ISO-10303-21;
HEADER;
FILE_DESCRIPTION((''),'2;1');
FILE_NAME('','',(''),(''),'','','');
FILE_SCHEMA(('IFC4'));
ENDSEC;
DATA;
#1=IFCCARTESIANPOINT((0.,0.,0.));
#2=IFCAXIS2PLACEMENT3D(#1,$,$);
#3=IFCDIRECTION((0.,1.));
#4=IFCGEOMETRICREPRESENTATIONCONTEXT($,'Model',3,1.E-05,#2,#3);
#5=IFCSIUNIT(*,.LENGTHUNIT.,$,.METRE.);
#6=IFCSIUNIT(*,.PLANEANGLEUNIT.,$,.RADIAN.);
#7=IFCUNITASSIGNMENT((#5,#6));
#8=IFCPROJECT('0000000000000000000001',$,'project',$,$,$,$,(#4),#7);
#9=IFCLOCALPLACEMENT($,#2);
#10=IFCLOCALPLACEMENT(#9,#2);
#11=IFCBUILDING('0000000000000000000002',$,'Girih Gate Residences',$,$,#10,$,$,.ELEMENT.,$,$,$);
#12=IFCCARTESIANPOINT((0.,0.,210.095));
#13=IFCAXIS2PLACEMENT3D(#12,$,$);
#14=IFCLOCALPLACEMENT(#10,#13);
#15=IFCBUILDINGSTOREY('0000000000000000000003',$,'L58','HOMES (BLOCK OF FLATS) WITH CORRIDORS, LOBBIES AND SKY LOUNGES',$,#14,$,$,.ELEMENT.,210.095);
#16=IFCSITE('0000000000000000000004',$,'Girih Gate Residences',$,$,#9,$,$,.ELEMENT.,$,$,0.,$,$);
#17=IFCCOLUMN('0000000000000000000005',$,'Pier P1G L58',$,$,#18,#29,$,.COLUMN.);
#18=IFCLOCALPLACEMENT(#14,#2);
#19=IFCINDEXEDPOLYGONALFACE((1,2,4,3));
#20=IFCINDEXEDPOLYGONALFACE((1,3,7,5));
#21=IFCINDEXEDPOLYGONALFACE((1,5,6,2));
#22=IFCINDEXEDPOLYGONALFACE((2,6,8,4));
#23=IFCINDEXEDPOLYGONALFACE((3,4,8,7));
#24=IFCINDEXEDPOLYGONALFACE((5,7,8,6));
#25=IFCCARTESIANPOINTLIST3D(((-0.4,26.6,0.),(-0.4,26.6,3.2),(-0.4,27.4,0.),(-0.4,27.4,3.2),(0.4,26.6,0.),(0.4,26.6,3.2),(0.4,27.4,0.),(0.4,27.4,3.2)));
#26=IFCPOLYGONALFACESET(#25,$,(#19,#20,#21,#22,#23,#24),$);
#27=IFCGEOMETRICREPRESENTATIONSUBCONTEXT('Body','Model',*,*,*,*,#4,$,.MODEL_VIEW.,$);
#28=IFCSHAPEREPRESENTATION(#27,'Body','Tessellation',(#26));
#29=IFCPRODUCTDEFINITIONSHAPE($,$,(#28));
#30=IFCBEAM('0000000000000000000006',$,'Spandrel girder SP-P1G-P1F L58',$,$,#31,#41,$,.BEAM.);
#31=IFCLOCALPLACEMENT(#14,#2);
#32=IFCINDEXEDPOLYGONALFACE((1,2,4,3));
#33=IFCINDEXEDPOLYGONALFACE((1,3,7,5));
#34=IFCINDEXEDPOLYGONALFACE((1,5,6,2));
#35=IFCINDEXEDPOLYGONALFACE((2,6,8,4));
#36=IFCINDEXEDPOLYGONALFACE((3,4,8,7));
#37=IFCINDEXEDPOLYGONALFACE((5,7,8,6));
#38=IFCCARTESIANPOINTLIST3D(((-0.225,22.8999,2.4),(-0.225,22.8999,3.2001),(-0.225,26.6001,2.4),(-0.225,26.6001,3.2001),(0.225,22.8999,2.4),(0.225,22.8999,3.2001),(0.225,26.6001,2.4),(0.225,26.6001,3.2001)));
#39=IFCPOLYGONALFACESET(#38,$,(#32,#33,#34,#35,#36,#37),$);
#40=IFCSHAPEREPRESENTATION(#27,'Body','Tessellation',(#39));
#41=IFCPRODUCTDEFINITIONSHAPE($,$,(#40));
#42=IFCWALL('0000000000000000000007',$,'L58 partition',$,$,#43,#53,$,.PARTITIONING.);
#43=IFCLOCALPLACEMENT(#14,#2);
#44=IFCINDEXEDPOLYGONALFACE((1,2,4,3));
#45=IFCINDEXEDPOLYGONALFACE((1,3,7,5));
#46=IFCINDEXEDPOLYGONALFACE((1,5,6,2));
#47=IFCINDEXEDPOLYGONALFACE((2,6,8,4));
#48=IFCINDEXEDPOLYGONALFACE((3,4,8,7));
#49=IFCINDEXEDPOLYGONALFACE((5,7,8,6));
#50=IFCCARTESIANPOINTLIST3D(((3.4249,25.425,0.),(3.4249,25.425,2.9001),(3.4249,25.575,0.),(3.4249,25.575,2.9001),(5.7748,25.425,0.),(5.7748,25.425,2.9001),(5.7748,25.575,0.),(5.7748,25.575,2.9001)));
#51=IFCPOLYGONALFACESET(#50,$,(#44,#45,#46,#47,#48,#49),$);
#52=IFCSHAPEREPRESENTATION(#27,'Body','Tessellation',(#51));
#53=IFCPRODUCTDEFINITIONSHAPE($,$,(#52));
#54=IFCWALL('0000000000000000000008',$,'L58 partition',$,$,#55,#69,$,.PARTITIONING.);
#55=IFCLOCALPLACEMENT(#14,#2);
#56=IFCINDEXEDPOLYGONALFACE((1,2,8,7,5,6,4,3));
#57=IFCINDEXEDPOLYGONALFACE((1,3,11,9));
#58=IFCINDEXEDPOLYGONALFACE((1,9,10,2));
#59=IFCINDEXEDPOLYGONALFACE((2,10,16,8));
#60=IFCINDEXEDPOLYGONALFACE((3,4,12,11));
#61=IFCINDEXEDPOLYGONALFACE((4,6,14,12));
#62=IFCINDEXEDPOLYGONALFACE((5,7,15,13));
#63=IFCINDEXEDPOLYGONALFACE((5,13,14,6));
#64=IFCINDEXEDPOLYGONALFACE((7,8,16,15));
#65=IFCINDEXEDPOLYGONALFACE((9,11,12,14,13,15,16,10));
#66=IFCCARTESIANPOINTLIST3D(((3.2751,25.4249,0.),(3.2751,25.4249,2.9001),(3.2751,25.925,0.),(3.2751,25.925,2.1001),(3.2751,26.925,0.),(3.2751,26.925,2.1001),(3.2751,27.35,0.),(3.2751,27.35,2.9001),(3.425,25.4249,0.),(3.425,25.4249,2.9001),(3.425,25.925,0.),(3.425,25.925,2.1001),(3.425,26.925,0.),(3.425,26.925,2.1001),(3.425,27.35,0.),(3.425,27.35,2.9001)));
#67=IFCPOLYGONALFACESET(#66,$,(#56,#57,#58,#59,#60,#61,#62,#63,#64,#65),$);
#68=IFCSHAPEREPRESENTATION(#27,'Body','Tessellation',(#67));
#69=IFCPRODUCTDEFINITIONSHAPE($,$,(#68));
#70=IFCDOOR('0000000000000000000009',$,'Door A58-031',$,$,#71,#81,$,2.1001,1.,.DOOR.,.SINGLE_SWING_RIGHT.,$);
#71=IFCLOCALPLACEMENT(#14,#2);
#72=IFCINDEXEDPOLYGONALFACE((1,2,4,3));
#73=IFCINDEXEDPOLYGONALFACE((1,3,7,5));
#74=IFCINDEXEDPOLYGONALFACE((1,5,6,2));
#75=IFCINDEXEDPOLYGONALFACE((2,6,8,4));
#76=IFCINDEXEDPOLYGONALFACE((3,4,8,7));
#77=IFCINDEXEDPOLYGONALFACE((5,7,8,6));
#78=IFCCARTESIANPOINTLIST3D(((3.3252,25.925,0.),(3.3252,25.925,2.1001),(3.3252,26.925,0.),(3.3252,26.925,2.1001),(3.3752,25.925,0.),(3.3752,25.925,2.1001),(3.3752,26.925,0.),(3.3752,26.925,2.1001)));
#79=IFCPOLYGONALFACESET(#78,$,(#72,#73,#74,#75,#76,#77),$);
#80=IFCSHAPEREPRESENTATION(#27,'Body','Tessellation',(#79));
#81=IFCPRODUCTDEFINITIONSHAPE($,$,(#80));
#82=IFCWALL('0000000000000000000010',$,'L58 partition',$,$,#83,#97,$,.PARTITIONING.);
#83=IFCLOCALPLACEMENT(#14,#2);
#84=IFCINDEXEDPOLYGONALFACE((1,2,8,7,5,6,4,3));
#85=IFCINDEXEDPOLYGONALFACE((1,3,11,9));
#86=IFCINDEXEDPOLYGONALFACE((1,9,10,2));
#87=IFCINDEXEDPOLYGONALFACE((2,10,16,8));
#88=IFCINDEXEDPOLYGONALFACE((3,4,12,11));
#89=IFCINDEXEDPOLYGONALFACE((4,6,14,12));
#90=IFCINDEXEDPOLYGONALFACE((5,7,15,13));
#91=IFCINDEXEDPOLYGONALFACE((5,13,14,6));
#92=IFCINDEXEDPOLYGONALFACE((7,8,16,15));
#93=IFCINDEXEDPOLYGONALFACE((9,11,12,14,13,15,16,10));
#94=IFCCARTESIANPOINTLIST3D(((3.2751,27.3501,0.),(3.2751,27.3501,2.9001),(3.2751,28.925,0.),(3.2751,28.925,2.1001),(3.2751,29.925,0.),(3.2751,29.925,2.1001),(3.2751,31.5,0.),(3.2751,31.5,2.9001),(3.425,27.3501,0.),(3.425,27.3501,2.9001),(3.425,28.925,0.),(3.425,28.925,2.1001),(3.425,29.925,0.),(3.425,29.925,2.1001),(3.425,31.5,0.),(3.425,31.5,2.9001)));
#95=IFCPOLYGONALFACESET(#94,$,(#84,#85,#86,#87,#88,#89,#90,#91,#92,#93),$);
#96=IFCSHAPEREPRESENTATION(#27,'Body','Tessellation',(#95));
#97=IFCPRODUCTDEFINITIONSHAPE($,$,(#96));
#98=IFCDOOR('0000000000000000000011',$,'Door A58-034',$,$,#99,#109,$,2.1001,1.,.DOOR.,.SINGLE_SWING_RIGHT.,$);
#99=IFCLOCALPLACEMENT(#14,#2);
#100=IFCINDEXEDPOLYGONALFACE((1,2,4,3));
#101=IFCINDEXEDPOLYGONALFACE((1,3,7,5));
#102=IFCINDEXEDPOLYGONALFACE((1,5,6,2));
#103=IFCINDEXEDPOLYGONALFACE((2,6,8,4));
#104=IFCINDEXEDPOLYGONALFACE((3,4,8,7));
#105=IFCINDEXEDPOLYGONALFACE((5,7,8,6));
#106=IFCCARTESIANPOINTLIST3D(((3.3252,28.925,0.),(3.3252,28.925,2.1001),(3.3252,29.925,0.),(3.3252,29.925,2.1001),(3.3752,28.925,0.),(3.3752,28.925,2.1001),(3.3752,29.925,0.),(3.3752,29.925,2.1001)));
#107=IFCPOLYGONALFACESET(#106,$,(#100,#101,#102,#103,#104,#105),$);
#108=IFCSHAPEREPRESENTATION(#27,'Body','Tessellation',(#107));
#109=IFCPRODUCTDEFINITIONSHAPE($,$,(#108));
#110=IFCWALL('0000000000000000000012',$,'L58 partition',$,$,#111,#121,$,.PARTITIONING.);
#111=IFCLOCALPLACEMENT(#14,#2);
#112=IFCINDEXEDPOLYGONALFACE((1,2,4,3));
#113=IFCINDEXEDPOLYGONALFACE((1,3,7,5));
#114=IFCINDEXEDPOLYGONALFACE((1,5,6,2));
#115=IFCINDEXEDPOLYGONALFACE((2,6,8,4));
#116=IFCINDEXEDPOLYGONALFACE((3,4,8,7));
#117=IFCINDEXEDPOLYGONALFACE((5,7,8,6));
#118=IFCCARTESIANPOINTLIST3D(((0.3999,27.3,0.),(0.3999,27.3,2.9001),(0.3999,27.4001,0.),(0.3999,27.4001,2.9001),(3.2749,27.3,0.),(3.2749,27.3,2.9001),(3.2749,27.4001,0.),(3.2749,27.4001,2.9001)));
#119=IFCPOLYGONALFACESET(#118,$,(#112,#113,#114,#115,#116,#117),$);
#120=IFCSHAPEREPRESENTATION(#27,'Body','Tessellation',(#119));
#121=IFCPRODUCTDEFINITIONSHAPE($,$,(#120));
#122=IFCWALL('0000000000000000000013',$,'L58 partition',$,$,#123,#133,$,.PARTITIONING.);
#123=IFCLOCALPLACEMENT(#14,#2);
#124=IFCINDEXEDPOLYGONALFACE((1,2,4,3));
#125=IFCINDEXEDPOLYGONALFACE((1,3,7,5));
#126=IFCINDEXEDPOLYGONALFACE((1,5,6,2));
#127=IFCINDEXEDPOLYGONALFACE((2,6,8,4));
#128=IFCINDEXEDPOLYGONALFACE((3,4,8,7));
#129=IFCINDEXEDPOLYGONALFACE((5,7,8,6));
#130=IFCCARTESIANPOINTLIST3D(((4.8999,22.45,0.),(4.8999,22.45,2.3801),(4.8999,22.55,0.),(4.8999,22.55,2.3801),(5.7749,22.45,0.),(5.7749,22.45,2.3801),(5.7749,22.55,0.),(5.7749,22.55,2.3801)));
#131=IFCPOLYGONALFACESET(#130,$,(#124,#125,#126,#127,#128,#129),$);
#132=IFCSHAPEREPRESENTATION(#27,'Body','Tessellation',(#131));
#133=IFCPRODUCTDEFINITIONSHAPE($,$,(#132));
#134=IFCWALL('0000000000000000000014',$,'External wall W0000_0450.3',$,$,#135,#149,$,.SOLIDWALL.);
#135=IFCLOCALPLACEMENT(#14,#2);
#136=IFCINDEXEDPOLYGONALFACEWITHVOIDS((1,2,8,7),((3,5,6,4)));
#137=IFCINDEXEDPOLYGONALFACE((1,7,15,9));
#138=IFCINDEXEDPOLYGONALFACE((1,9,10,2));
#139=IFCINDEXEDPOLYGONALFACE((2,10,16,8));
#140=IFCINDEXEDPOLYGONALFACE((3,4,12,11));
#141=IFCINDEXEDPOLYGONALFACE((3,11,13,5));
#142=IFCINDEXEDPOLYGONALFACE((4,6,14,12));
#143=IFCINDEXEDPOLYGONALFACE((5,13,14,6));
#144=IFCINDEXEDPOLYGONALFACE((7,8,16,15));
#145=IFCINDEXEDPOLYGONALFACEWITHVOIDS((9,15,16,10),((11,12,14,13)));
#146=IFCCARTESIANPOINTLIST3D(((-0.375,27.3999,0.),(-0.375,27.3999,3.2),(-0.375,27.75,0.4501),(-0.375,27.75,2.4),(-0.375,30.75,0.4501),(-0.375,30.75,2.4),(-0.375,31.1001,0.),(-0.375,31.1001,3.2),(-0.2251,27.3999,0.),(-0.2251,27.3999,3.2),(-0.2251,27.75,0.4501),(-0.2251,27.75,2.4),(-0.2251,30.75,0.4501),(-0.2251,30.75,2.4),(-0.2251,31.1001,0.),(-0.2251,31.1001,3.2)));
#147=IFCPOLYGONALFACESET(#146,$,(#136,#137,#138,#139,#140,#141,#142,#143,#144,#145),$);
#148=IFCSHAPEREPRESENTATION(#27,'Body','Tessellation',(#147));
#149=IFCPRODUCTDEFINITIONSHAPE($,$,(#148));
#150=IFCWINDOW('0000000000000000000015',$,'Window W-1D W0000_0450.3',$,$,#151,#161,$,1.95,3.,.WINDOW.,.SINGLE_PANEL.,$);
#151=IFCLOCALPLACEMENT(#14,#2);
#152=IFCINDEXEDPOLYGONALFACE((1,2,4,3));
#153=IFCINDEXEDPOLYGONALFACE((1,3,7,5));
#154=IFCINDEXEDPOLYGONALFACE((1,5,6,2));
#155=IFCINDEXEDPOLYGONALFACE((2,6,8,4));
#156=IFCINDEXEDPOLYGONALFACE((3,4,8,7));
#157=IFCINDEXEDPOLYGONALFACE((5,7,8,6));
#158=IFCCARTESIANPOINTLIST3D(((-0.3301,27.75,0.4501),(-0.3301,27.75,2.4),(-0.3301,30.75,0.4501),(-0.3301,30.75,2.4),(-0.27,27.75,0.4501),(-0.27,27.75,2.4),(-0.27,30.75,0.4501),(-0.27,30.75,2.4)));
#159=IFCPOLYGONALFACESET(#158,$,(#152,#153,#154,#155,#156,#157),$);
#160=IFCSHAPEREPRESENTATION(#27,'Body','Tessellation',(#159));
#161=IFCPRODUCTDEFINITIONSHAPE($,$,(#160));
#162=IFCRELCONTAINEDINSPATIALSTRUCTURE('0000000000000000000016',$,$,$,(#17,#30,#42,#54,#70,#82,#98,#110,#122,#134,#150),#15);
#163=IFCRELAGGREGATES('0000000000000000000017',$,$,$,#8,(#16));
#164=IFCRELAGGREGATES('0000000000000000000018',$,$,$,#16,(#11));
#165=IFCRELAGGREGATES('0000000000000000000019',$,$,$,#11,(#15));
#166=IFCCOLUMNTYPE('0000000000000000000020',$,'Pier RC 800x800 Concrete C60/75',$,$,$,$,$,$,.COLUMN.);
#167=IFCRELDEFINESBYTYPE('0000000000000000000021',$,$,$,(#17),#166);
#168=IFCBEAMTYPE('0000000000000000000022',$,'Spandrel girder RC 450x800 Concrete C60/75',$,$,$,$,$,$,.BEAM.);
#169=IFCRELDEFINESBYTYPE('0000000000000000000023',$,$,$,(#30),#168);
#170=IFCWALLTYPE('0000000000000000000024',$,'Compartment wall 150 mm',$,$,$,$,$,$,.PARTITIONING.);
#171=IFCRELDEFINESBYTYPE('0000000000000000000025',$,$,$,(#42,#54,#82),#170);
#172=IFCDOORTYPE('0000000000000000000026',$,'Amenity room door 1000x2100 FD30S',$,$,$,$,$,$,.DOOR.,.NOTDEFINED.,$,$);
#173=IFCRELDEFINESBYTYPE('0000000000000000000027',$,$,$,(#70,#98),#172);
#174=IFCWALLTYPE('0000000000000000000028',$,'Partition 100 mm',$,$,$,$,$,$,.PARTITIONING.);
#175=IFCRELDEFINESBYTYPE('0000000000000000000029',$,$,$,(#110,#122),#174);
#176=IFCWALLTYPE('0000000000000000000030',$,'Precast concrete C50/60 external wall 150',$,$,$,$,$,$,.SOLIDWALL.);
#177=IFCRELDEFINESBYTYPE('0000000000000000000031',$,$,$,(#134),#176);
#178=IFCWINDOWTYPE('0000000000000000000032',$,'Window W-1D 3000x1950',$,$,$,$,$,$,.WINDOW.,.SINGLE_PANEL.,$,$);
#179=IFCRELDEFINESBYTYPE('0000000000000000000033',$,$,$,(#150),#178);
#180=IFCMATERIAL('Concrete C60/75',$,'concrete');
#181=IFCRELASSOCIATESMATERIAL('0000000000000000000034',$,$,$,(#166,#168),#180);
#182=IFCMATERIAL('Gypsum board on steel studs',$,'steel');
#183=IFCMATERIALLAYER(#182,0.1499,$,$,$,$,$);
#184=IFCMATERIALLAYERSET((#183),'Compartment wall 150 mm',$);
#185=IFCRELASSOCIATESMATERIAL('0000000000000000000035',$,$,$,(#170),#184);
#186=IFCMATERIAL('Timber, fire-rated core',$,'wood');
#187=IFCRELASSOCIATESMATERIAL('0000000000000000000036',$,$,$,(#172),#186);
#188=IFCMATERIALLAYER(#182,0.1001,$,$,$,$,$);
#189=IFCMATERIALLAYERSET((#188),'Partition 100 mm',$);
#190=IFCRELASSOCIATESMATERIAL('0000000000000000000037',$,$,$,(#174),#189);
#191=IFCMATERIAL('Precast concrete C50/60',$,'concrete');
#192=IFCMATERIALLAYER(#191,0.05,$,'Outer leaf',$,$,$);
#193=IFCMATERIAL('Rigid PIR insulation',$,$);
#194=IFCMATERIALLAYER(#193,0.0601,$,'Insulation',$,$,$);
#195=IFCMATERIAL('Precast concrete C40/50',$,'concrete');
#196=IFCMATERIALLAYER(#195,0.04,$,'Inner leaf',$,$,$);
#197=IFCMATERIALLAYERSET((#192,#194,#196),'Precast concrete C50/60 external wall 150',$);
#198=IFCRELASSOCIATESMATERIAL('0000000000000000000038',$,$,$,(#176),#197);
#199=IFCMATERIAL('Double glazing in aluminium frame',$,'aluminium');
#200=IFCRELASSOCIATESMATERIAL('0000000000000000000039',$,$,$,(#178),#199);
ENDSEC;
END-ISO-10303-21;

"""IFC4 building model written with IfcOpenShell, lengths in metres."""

from ifc_helpers import new_model, si_unit, direction, frame, frame_2d, origin, origin_2d, place, context, subcontext, project, spatial, rectangle, extrude, material, layer, layer_set, material_profile, profile_set, type_object, element, fill, save


model = new_model("IFC4")

# Units and contexts
model_context = context("Model", 3, precision=1e-05, world=origin(), true_north=direction((0.0, 1.0)))
body_context = subcontext(model_context, "Body", "Model", "MODEL_VIEW")
ifc_project = project(units=[si_unit("LENGTHUNIT", "METRE"), si_unit("PLANEANGLEUNIT", "RADIAN")], contexts=[model_context])

# Site, building, storey
site_placement = place(None, origin())
site = spatial("IfcSite", under=ifc_project, at=site_placement, Name="Girih Gate Residences", CompositionType="ELEMENT", RefElevation=0.0)
building_placement = place(site_placement, origin())
building = spatial("IfcBuilding", under=site, at=building_placement, Name="Girih Gate Residences", CompositionType="ELEMENT")
storey_placement = place(building_placement, frame((0.0, 0.0, 210.095)))
storey = spatial("IfcBuildingStorey", under=building, at=storey_placement, Name="L58", Description="HOMES (BLOCK OF FLATS) WITH CORRIDORS, LOBBIES AND SKY LOUNGES", CompositionType="ELEMENT", Elevation=210.095)

# Column
ifc_material_1 = material(Name="Concrete C60/75", Category="concrete")
ifc_material_profile_1 = material_profile(ifc_material_1, rectangle(XDim=0.8, YDim=0.8, at=origin_2d()))
ifc_profile_set_1 = profile_set([ifc_material_profile_1], Name="Concrete C60/75")
column_type = type_object("IfcColumnType", Name="Pier RC 800x800 Concrete C60/75", PredefinedType="COLUMN", material=ifc_profile_set_1)
column_placement = place(storey_placement, frame((0.0, 27.0, 0.0), z_axis=(0.0, 0.0, 1.0), x_axis=(1.0, 0.0, 0.0)))
element("IfcColumn", 1, at=column_placement, inside=storey, type_object=column_type, Name="Pier P1G L58", PredefinedType="COLUMN", context=body_context, shape_type="SweptSolid", body=[
    extrude(rectangle(XDim=0.8, YDim=0.8, at=origin_2d()), origin(), (0.0, 0.0, 1.0), 3.2),
])

# Beam
ifc_material_profile_2 = material_profile(ifc_material_1, rectangle(XDim=0.45, YDim=0.8, at=origin_2d()))
ifc_profile_set_2 = profile_set([ifc_material_profile_2], Name="Concrete C60/75")
beam_type = type_object("IfcBeamType", Name="Spandrel girder RC 450x800 Concrete C60/75", PredefinedType="BEAM", material=ifc_profile_set_2)
beam_placement = place(storey_placement, frame((0.0, 26.6001, 2.8), z_axis=(0.0, -1.0, 0.0), x_axis=(1.0, 0.0, 0.0)))
element("IfcBeam", 2, at=beam_placement, inside=storey, type_object=beam_type, Name="Spandrel girder SP-P1G-P1F L58", PredefinedType="BEAM", context=body_context, shape_type="SweptSolid", body=[
    extrude(rectangle(XDim=0.45, YDim=0.8, at=origin_2d()), origin(), (0.0, 0.0, 1.0), 3.7002),
])

# Wall
ifc_material_2 = material(Name="Gypsum board on steel studs", Category="steel")
ifc_layer_1 = layer(ifc_material_2, 0.1499)
ifc_layer_set_1 = layer_set([ifc_layer_1], Name="Compartment wall 150 mm")
wall_type_1 = type_object("IfcWallType", Name="Compartment wall 150 mm", PredefinedType="PARTITIONING", material=ifc_layer_set_1)
wall_1_placement = place(storey_placement, frame((3.425, 25.5, 0.0), z_axis=(0.0, 0.0, 1.0), x_axis=(1.0, 0.0, 0.0)))
element("IfcWall", 3, at=wall_1_placement, inside=storey, type_object=wall_type_1, Name="L58 partition", PredefinedType="PARTITIONING", context=body_context, shape_type="SweptSolid", body=[
    extrude(rectangle(XDim=2.3499, YDim=0.1499, at=frame_2d((1.1748, 0.0))), origin(), (0.0, 0.0, 1.0), 2.9001),
])

# Walls, openings, doors
wall_2_placement = place(storey_placement, frame((3.3501, 25.425, 0.0), z_axis=(0.0, 0.0, 1.0), x_axis=(0.0, 1.0, 0.0)))
wall_2 = element("IfcWall", 4, at=wall_2_placement, inside=storey, type_object=wall_type_1, Name="L58 partition", PredefinedType="PARTITIONING", context=body_context, shape_type="SweptSolid", body=[
    extrude(rectangle(XDim=1.925, YDim=0.1499, at=frame_2d((0.9624, 0.0))), origin(), (0.0, 0.0, 1.0), 2.9001),
])
opening_1_placement = place(wall_2_placement, frame((0.5, 0.0, 0.0)))
opening_1 = element("IfcOpeningElement", 5, at=opening_1_placement, cuts=wall_2, PredefinedType="OPENING", context=body_context, shape_type="SweptSolid", body=[
    extrude(rectangle(XDim=1.0, YDim=2.1001, at=frame_2d((0.5, 1.05))), frame((0.0, 0.085, 0.0), z_axis=(0.0, -1.0, 0.0), x_axis=(1.0, 0.0, 0.0)), (0.0, 0.0, 1.0), 0.1699),
])
ifc_material_3 = material(Name="Timber, fire-rated core", Category="wood")
door_type = type_object("IfcDoorType", Name="Amenity room door 1000x2100 FD30S", OperationType="NOTDEFINED", PredefinedType="DOOR", material=ifc_material_3)
door_1_placement = place(opening_1_placement, origin())
door_1 = element("IfcDoor", 6, at=door_1_placement, inside=storey, type_object=door_type, Name="Door A58-031", OperationType="SINGLE_SWING_RIGHT", OverallHeight=2.1001, OverallWidth=1.0, PredefinedType="DOOR", context=body_context, shape_type="SweptSolid", body=[
    extrude(rectangle(XDim=1.0, YDim=2.1001, at=frame_2d((0.5, 1.05))), frame((0.0, 0.0249, 0.0), z_axis=(0.0, -1.0, 0.0), x_axis=(1.0, 0.0, 0.0)), (0.0, 0.0, 1.0), 0.05),
])
fill(opening_1, door_1)
wall_3_placement = place(storey_placement, frame((3.3501, 27.3501, 0.0), z_axis=(0.0, 0.0, 1.0), x_axis=(0.0, 1.0, 0.0)))
wall_3 = element("IfcWall", 7, at=wall_3_placement, inside=storey, type_object=wall_type_1, Name="L58 partition", PredefinedType="PARTITIONING", context=body_context, shape_type="SweptSolid", body=[
    extrude(rectangle(XDim=4.1499, YDim=0.1499, at=frame_2d((2.075, 0.0))), origin(), (0.0, 0.0, 1.0), 2.9001),
])
opening_2_placement = place(wall_3_placement, frame((1.575, 0.0, 0.0)))
opening_2 = element("IfcOpeningElement", 8, at=opening_2_placement, cuts=wall_3, PredefinedType="OPENING", context=body_context, shape_type="SweptSolid", body=[
    extrude(rectangle(XDim=1.0, YDim=2.1001, at=frame_2d((0.5, 1.05))), frame((0.0, 0.085, 0.0), z_axis=(0.0, -1.0, 0.0), x_axis=(1.0, 0.0, 0.0)), (0.0, 0.0, 1.0), 0.1699),
])
door_2_placement = place(opening_2_placement, origin())
door_2 = element("IfcDoor", 9, at=door_2_placement, inside=storey, type_object=door_type, Name="Door A58-034", OperationType="SINGLE_SWING_RIGHT", OverallHeight=2.1001, OverallWidth=1.0, PredefinedType="DOOR", context=body_context, shape_type="SweptSolid", body=[
    extrude(rectangle(XDim=1.0, YDim=2.1001, at=frame_2d((0.5, 1.05))), frame((0.0, 0.0249, 0.0), z_axis=(0.0, -1.0, 0.0), x_axis=(1.0, 0.0, 0.0)), (0.0, 0.0, 1.0), 0.05),
])
fill(opening_2, door_2)

# Walls
ifc_layer_2 = layer(ifc_material_2, 0.1001)
ifc_layer_set_2 = layer_set([ifc_layer_2], Name="Partition 100 mm")
wall_type_2 = type_object("IfcWallType", Name="Partition 100 mm", PredefinedType="PARTITIONING", material=ifc_layer_set_2)
wall_4_placement = place(storey_placement, frame((0.3999, 27.3501, 0.0), z_axis=(0.0, 0.0, 1.0), x_axis=(1.0, 0.0, 0.0)))
element("IfcWall", 10, at=wall_4_placement, inside=storey, type_object=wall_type_2, Name="L58 partition", PredefinedType="PARTITIONING", context=body_context, shape_type="SweptSolid", body=[
    extrude(rectangle(XDim=2.875, YDim=0.1001, at=frame_2d((1.4375, 0.0))), origin(), (0.0, 0.0, 1.0), 2.9001),
])
wall_5_placement = place(storey_placement, frame((4.8999, 22.5, 0.0), z_axis=(0.0, 0.0, 1.0), x_axis=(1.0, 0.0, 0.0)))
element("IfcWall", 11, at=wall_5_placement, inside=storey, type_object=wall_type_2, Name="L58 partition", PredefinedType="PARTITIONING", context=body_context, shape_type="SweptSolid", body=[
    extrude(rectangle(XDim=0.875, YDim=0.1001, at=frame_2d((0.4375, 0.0))), origin(), (0.0, 0.0, 1.0), 2.3801),
])

# Wall, opening, window
ifc_material_4 = material(Name="Precast concrete C50/60", Category="concrete")
ifc_layer_3 = layer(ifc_material_4, 0.05, Name="Outer leaf")
ifc_material_5 = material(Name="Rigid PIR insulation")
ifc_layer_4 = layer(ifc_material_5, 0.0601, Name="Insulation")
ifc_material_6 = material(Name="Precast concrete C40/50", Category="concrete")
ifc_layer_5 = layer(ifc_material_6, 0.04, Name="Inner leaf")
ifc_layer_set_3 = layer_set([ifc_layer_3, ifc_layer_4, ifc_layer_5], Name="Precast concrete C50/60 external wall 150")
wall_type_3 = type_object("IfcWallType", Name="Precast concrete C50/60 external wall 150", PredefinedType="SOLIDWALL", material=ifc_layer_set_3)
wall_6_placement = place(storey_placement, frame((-0.3, 27.3999, 0.0), z_axis=(0.0, 0.0, 1.0), x_axis=(0.0, 1.0, 0.0)))
wall_6 = element("IfcWall", 12, at=wall_6_placement, inside=storey, type_object=wall_type_3, Name="External wall W0000_0450.3", PredefinedType="SOLIDWALL", context=body_context, shape_type="SweptSolid", body=[
    extrude(rectangle(XDim=3.7002, YDim=0.1499, at=frame_2d((1.8501, 0.0))), origin(), (0.0, 0.0, 1.0), 3.2),
])
opening_3_placement = place(wall_6_placement, frame((0.3501, 0.0, 0.45)))
opening_3 = element("IfcOpeningElement", 13, at=opening_3_placement, cuts=wall_6, PredefinedType="OPENING", context=body_context, shape_type="SweptSolid", body=[
    extrude(rectangle(XDim=3.0, YDim=1.95, at=frame_2d((1.5, 0.9751))), frame((0.0, 0.085, 0.0), z_axis=(0.0, -1.0, 0.0), x_axis=(1.0, 0.0, 0.0)), (0.0, 0.0, 1.0), 0.1699),
])
ifc_material_7 = material(Name="Double glazing in aluminium frame", Category="aluminium")
window_type = type_object("IfcWindowType", Name="Window W-1D 3000x1950", PartitioningType="SINGLE_PANEL", PredefinedType="WINDOW", material=ifc_material_7)
window_1_placement = place(opening_3_placement, origin())
window_1 = element("IfcWindow", 14, at=window_1_placement, inside=storey, type_object=window_type, Name="Window W-1D W0000_0450.3", OverallHeight=1.95, OverallWidth=3.0, PartitioningType="SINGLE_PANEL", PredefinedType="WINDOW", context=body_context, shape_type="SweptSolid", body=[
    extrude(rectangle(XDim=3.0, YDim=1.95, at=frame_2d((1.5, 0.9751))), frame((0.0, 0.03, 0.0), z_axis=(0.0, -1.0, 0.0), x_axis=(1.0, 0.0, 0.0)), (0.0, 0.0, 1.0), 0.0601),
])
fill(opening_3, window_1)

save(model, "model.ifc")
